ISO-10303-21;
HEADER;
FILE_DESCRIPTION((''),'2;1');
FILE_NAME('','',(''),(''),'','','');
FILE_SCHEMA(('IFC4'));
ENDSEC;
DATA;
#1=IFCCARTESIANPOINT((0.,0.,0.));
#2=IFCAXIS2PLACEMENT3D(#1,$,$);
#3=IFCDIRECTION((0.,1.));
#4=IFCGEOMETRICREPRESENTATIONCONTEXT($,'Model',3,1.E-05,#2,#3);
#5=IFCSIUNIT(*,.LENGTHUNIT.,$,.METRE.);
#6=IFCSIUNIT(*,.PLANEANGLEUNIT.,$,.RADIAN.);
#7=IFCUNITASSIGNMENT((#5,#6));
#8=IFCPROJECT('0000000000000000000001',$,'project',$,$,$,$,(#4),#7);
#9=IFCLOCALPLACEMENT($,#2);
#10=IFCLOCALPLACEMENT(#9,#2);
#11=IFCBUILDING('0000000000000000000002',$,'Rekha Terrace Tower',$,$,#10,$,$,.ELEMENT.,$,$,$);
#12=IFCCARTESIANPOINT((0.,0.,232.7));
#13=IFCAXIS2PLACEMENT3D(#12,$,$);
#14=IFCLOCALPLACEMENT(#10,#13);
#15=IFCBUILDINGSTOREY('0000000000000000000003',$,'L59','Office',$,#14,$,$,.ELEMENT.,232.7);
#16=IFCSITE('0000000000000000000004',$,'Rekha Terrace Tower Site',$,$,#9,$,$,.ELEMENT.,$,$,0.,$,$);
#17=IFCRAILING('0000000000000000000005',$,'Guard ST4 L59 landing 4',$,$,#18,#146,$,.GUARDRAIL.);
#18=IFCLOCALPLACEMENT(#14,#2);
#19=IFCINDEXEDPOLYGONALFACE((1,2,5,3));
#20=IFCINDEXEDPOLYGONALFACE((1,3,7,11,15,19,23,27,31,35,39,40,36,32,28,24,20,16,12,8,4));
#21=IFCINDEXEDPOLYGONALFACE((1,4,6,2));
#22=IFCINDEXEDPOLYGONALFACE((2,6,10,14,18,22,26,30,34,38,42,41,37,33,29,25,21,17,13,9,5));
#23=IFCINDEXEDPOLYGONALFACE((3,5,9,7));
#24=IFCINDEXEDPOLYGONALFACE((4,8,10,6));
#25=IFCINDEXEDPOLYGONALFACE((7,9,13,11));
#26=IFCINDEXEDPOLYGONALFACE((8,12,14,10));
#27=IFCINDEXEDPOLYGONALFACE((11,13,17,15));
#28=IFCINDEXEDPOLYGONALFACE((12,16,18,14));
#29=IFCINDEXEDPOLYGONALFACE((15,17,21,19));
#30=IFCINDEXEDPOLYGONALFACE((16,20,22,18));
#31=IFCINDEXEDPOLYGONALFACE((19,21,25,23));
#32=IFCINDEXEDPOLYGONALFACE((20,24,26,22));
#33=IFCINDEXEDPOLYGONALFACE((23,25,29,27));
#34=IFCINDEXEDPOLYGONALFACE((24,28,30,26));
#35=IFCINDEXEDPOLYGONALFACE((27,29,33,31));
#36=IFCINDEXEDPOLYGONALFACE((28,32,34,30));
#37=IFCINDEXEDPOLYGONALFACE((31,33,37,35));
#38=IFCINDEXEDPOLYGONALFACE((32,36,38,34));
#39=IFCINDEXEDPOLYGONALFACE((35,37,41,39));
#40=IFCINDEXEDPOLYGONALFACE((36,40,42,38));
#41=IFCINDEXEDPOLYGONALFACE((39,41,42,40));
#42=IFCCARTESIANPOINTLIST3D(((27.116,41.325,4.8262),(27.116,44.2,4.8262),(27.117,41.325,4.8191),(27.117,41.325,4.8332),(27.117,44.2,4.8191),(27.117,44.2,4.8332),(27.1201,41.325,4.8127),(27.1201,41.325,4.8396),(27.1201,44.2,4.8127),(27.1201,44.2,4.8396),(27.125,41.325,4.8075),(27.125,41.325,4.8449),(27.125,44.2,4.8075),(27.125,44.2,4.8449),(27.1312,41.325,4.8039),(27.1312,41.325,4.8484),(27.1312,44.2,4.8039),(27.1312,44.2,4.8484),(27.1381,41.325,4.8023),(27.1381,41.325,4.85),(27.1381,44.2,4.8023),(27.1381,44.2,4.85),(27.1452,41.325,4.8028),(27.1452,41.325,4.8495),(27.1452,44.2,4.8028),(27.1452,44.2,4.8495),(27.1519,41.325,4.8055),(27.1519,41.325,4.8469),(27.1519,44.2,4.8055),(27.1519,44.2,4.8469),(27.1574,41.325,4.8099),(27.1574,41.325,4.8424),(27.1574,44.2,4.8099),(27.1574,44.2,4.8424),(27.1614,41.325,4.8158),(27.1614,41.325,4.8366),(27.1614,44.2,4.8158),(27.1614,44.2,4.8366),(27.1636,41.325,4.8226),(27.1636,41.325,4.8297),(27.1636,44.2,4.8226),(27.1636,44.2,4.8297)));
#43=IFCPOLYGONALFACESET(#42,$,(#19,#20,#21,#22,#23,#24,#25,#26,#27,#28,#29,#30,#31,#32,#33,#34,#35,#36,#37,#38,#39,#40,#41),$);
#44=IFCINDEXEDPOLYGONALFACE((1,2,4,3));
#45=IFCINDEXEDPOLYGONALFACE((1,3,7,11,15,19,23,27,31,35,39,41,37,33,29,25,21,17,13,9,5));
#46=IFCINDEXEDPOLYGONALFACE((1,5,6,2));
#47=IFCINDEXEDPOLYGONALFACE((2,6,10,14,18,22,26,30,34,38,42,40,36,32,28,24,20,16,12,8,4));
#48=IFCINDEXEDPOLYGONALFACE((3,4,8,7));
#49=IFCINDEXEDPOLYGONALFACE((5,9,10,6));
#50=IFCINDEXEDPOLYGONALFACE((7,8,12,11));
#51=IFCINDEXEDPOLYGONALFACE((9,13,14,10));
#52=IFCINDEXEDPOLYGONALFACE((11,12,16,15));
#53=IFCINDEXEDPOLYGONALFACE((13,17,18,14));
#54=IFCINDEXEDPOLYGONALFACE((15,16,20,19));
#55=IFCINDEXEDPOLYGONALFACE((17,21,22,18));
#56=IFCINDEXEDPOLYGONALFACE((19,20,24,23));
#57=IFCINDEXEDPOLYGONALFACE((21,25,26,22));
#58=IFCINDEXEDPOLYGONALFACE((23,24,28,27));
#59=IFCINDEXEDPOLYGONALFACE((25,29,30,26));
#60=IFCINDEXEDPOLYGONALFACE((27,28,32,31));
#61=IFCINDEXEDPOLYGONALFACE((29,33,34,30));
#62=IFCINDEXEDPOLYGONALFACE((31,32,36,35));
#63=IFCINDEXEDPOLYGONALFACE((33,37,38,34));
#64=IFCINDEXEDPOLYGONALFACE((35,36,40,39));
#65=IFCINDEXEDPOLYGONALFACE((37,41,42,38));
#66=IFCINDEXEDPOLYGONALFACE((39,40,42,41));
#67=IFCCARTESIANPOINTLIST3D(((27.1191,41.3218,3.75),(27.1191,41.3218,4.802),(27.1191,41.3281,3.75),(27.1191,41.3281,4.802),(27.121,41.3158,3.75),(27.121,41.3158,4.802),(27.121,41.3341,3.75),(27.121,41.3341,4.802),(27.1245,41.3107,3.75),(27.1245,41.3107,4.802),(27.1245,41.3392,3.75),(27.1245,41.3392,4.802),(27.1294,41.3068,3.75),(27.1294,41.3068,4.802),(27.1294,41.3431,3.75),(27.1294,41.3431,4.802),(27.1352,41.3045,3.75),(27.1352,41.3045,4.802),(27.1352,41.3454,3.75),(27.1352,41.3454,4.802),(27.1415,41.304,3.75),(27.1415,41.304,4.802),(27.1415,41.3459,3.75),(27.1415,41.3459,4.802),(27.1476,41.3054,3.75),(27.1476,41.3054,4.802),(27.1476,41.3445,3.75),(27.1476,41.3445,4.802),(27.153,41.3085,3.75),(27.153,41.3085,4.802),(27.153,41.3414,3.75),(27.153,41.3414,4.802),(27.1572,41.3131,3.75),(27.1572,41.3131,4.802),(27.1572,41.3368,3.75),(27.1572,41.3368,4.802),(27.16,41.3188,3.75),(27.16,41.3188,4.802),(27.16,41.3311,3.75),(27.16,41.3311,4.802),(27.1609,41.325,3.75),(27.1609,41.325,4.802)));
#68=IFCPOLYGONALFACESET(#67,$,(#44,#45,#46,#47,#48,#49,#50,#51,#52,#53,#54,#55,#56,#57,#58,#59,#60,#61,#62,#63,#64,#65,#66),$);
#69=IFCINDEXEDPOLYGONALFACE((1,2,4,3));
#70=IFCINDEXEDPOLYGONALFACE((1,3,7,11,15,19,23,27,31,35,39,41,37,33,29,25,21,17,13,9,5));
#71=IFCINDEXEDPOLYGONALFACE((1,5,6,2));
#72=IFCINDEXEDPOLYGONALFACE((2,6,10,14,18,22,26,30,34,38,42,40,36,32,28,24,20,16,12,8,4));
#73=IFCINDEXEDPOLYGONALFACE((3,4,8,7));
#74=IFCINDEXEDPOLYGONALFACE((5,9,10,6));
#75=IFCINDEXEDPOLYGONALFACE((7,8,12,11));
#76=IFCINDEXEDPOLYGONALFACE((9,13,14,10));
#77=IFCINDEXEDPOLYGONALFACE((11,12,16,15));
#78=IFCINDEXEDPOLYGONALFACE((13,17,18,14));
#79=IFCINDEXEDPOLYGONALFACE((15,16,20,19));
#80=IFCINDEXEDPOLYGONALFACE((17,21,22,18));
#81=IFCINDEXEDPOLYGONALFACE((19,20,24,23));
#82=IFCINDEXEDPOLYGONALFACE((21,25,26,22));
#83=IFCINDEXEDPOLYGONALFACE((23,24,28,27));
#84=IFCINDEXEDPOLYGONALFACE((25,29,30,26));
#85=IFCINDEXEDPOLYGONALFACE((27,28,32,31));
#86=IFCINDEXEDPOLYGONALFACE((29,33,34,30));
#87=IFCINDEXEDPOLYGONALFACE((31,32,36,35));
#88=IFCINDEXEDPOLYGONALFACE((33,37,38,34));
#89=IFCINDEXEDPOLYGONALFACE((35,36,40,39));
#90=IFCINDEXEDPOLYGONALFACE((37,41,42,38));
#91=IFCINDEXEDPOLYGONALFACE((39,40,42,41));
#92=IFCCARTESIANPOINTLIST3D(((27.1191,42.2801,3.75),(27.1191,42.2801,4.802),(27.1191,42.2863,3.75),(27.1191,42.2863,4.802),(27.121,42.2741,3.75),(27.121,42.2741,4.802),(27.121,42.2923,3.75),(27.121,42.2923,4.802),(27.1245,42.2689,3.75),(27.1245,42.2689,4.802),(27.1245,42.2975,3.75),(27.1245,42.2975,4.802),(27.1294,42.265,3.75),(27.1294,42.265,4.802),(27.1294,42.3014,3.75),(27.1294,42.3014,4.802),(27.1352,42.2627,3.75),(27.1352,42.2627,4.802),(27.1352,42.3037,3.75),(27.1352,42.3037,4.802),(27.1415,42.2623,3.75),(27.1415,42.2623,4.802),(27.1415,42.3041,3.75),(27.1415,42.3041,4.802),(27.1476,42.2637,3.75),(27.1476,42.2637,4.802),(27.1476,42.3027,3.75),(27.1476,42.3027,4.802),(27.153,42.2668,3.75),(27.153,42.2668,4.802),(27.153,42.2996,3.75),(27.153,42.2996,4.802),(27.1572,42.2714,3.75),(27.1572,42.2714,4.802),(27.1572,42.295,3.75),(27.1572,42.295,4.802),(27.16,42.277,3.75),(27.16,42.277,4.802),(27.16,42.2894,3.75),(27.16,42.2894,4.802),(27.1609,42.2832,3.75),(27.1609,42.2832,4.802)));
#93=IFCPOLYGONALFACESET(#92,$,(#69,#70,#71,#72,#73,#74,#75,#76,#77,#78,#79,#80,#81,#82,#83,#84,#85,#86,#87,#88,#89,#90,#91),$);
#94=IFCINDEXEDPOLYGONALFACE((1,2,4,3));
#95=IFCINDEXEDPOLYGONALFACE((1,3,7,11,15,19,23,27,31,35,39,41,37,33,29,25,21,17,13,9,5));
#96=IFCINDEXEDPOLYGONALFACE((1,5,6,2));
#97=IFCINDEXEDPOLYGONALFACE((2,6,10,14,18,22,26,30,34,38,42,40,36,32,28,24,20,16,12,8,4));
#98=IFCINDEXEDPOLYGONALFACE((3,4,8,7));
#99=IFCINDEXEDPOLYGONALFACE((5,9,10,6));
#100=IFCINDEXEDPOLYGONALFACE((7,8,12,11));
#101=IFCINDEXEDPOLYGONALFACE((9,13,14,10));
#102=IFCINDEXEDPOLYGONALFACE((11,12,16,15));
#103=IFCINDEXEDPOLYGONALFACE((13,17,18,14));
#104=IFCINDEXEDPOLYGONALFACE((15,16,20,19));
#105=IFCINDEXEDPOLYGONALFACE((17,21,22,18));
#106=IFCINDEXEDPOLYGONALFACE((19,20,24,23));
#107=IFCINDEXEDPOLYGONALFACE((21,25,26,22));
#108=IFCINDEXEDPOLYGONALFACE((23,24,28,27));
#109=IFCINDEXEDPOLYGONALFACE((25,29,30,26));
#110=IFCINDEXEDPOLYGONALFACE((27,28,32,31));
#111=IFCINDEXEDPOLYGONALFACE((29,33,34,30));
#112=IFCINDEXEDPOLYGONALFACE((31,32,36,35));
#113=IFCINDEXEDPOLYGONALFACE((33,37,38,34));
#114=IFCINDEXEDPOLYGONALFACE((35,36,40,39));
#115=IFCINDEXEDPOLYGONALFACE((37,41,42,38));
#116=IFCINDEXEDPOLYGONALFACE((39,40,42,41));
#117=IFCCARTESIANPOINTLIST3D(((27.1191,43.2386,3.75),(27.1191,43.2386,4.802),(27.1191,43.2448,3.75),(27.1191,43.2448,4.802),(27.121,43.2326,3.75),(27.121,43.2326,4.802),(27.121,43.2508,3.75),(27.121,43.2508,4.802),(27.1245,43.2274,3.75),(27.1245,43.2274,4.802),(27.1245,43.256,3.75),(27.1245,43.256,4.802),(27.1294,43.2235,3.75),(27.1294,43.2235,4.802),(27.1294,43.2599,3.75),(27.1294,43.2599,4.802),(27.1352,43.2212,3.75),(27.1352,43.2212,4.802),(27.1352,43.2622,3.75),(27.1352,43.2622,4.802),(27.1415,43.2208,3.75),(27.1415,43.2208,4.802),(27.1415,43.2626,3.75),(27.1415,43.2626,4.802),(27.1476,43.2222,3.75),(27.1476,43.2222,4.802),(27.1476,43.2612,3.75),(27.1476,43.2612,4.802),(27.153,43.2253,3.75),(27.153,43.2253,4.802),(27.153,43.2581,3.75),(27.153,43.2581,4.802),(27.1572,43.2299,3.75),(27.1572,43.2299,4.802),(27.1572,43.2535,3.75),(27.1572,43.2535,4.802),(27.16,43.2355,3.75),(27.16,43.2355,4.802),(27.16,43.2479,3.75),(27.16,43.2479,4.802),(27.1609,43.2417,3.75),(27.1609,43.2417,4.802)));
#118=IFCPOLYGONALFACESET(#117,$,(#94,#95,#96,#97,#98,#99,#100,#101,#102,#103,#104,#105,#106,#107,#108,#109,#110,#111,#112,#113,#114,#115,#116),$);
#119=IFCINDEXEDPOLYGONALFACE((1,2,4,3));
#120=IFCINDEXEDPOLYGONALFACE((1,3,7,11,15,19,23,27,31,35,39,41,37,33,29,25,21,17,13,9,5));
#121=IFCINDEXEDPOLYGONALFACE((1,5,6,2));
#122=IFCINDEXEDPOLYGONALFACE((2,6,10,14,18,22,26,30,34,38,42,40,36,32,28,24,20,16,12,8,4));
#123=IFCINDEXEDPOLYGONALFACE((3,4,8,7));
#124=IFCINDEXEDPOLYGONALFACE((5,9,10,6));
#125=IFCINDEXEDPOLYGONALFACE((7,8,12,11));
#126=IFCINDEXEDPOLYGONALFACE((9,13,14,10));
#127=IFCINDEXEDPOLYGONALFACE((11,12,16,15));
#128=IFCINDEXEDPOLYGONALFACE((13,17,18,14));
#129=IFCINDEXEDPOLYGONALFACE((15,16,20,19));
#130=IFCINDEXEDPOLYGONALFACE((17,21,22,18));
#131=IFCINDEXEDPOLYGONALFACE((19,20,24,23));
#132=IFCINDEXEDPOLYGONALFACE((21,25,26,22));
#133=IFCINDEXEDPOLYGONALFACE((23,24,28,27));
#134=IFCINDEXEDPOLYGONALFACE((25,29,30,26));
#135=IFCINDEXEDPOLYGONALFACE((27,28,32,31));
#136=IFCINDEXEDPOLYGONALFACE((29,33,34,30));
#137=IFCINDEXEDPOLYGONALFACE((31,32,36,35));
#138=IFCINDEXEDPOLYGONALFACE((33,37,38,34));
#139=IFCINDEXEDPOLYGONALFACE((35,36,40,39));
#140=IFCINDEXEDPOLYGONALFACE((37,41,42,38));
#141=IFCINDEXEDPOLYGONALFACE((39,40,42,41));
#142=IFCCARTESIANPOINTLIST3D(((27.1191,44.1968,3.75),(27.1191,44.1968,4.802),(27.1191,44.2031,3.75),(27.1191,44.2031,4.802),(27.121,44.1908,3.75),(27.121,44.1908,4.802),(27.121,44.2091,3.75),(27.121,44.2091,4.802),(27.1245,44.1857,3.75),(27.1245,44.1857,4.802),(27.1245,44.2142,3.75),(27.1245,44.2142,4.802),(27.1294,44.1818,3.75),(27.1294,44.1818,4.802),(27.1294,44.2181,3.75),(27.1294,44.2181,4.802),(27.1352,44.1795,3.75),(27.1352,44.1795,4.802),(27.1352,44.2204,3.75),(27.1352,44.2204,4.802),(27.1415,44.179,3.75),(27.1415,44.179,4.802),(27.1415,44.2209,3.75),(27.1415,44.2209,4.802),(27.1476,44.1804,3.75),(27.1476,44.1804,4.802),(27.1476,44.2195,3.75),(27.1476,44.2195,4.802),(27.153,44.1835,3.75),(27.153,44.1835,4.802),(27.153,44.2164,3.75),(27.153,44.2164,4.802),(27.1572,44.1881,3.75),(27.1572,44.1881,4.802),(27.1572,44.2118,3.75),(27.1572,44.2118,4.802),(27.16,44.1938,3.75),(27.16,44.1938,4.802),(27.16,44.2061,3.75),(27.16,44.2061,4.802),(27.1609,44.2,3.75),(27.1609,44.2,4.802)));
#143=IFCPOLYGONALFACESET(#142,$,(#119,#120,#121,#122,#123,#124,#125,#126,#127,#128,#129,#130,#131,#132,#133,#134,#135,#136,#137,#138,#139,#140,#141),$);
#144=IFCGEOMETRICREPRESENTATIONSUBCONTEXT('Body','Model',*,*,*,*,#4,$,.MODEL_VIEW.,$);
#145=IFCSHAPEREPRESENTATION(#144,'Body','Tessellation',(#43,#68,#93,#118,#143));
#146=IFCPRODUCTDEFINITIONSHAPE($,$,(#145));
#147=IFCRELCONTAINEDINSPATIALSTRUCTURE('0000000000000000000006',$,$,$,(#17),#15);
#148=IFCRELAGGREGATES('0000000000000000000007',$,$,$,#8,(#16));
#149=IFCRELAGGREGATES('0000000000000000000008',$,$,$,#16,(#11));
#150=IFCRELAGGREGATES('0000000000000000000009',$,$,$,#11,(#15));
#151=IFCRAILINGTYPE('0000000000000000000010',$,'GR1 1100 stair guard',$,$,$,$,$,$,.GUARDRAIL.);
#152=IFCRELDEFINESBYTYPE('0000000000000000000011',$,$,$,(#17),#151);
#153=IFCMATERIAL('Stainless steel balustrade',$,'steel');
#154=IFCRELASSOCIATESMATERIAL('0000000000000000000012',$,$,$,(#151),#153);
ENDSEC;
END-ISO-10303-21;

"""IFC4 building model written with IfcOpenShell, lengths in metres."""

from ifc_helpers import new_model, si_unit, direction, frame, origin, origin_2d, place, context, subcontext, project, spatial, circle, extrude, material, type_object, element, save


model = new_model("IFC4")

# Units and contexts
model_context = context("Model", 3, precision=1e-05, world=origin(), true_north=direction((0.0, 1.0)))
body_context = subcontext(model_context, "Body", "Model", "MODEL_VIEW")
ifc_project = project(units=[si_unit("LENGTHUNIT", "METRE"), si_unit("PLANEANGLEUNIT", "RADIAN")], contexts=[model_context])

# Site, building, storey
site_placement = place(None, origin())
site = spatial("IfcSite", under=ifc_project, at=site_placement, Name="Rekha Terrace Tower Site", CompositionType="ELEMENT", RefElevation=0.0)
building_placement = place(site_placement, origin())
building = spatial("IfcBuilding", under=site, at=building_placement, Name="Rekha Terrace Tower", CompositionType="ELEMENT")
storey_placement = place(building_placement, frame((0.0, 0.0, 232.7)))
storey = spatial("IfcBuildingStorey", under=building, at=storey_placement, Name="L59", Description="Office", CompositionType="ELEMENT", Elevation=232.7)

# Railing
ifc_material_1 = material(Name="Stainless steel balustrade", Category="steel")
railing_type_1 = type_object("IfcRailingType", Name="GR1 1100 stair guard", PredefinedType="GUARDRAIL", material=ifc_material_1)
railing_1_placement = place(storey_placement, frame((27.1399, 41.325, 3.75)))
element("IfcRailing", 1, at=railing_1_placement, inside=storey, type_object=railing_type_1, Name="Guard ST4 L59 landing 4", PredefinedType="GUARDRAIL", context=body_context, shape_type="SweptSolid", body=[
    extrude(circle(Radius=0.0239, at=origin_2d()), frame((0.0, 0.0, 1.0762), z_axis=(0.0, 1.0, 0.0), x_axis=(-1.0, 0.0, 0.0)), (0.0, 0.0, 1.0), 2.875),
    extrude(circle(Radius=0.021, at=origin_2d()), origin(), (0.0, 0.0, 1.0), 1.052),
    extrude(circle(Radius=0.021, at=origin_2d()), frame((0.0, 0.9583, 0.0)), (0.0, 0.0, 1.0), 1.052),
    extrude(circle(Radius=0.021, at=origin_2d()), frame((0.0, 1.9167, 0.0)), (0.0, 0.0, 1.0), 1.052),
    extrude(circle(Radius=0.021, at=origin_2d()), frame((0.0, 2.875, 0.0)), (0.0, 0.0, 1.0), 1.052),
])

save(model, "model.ifc")
